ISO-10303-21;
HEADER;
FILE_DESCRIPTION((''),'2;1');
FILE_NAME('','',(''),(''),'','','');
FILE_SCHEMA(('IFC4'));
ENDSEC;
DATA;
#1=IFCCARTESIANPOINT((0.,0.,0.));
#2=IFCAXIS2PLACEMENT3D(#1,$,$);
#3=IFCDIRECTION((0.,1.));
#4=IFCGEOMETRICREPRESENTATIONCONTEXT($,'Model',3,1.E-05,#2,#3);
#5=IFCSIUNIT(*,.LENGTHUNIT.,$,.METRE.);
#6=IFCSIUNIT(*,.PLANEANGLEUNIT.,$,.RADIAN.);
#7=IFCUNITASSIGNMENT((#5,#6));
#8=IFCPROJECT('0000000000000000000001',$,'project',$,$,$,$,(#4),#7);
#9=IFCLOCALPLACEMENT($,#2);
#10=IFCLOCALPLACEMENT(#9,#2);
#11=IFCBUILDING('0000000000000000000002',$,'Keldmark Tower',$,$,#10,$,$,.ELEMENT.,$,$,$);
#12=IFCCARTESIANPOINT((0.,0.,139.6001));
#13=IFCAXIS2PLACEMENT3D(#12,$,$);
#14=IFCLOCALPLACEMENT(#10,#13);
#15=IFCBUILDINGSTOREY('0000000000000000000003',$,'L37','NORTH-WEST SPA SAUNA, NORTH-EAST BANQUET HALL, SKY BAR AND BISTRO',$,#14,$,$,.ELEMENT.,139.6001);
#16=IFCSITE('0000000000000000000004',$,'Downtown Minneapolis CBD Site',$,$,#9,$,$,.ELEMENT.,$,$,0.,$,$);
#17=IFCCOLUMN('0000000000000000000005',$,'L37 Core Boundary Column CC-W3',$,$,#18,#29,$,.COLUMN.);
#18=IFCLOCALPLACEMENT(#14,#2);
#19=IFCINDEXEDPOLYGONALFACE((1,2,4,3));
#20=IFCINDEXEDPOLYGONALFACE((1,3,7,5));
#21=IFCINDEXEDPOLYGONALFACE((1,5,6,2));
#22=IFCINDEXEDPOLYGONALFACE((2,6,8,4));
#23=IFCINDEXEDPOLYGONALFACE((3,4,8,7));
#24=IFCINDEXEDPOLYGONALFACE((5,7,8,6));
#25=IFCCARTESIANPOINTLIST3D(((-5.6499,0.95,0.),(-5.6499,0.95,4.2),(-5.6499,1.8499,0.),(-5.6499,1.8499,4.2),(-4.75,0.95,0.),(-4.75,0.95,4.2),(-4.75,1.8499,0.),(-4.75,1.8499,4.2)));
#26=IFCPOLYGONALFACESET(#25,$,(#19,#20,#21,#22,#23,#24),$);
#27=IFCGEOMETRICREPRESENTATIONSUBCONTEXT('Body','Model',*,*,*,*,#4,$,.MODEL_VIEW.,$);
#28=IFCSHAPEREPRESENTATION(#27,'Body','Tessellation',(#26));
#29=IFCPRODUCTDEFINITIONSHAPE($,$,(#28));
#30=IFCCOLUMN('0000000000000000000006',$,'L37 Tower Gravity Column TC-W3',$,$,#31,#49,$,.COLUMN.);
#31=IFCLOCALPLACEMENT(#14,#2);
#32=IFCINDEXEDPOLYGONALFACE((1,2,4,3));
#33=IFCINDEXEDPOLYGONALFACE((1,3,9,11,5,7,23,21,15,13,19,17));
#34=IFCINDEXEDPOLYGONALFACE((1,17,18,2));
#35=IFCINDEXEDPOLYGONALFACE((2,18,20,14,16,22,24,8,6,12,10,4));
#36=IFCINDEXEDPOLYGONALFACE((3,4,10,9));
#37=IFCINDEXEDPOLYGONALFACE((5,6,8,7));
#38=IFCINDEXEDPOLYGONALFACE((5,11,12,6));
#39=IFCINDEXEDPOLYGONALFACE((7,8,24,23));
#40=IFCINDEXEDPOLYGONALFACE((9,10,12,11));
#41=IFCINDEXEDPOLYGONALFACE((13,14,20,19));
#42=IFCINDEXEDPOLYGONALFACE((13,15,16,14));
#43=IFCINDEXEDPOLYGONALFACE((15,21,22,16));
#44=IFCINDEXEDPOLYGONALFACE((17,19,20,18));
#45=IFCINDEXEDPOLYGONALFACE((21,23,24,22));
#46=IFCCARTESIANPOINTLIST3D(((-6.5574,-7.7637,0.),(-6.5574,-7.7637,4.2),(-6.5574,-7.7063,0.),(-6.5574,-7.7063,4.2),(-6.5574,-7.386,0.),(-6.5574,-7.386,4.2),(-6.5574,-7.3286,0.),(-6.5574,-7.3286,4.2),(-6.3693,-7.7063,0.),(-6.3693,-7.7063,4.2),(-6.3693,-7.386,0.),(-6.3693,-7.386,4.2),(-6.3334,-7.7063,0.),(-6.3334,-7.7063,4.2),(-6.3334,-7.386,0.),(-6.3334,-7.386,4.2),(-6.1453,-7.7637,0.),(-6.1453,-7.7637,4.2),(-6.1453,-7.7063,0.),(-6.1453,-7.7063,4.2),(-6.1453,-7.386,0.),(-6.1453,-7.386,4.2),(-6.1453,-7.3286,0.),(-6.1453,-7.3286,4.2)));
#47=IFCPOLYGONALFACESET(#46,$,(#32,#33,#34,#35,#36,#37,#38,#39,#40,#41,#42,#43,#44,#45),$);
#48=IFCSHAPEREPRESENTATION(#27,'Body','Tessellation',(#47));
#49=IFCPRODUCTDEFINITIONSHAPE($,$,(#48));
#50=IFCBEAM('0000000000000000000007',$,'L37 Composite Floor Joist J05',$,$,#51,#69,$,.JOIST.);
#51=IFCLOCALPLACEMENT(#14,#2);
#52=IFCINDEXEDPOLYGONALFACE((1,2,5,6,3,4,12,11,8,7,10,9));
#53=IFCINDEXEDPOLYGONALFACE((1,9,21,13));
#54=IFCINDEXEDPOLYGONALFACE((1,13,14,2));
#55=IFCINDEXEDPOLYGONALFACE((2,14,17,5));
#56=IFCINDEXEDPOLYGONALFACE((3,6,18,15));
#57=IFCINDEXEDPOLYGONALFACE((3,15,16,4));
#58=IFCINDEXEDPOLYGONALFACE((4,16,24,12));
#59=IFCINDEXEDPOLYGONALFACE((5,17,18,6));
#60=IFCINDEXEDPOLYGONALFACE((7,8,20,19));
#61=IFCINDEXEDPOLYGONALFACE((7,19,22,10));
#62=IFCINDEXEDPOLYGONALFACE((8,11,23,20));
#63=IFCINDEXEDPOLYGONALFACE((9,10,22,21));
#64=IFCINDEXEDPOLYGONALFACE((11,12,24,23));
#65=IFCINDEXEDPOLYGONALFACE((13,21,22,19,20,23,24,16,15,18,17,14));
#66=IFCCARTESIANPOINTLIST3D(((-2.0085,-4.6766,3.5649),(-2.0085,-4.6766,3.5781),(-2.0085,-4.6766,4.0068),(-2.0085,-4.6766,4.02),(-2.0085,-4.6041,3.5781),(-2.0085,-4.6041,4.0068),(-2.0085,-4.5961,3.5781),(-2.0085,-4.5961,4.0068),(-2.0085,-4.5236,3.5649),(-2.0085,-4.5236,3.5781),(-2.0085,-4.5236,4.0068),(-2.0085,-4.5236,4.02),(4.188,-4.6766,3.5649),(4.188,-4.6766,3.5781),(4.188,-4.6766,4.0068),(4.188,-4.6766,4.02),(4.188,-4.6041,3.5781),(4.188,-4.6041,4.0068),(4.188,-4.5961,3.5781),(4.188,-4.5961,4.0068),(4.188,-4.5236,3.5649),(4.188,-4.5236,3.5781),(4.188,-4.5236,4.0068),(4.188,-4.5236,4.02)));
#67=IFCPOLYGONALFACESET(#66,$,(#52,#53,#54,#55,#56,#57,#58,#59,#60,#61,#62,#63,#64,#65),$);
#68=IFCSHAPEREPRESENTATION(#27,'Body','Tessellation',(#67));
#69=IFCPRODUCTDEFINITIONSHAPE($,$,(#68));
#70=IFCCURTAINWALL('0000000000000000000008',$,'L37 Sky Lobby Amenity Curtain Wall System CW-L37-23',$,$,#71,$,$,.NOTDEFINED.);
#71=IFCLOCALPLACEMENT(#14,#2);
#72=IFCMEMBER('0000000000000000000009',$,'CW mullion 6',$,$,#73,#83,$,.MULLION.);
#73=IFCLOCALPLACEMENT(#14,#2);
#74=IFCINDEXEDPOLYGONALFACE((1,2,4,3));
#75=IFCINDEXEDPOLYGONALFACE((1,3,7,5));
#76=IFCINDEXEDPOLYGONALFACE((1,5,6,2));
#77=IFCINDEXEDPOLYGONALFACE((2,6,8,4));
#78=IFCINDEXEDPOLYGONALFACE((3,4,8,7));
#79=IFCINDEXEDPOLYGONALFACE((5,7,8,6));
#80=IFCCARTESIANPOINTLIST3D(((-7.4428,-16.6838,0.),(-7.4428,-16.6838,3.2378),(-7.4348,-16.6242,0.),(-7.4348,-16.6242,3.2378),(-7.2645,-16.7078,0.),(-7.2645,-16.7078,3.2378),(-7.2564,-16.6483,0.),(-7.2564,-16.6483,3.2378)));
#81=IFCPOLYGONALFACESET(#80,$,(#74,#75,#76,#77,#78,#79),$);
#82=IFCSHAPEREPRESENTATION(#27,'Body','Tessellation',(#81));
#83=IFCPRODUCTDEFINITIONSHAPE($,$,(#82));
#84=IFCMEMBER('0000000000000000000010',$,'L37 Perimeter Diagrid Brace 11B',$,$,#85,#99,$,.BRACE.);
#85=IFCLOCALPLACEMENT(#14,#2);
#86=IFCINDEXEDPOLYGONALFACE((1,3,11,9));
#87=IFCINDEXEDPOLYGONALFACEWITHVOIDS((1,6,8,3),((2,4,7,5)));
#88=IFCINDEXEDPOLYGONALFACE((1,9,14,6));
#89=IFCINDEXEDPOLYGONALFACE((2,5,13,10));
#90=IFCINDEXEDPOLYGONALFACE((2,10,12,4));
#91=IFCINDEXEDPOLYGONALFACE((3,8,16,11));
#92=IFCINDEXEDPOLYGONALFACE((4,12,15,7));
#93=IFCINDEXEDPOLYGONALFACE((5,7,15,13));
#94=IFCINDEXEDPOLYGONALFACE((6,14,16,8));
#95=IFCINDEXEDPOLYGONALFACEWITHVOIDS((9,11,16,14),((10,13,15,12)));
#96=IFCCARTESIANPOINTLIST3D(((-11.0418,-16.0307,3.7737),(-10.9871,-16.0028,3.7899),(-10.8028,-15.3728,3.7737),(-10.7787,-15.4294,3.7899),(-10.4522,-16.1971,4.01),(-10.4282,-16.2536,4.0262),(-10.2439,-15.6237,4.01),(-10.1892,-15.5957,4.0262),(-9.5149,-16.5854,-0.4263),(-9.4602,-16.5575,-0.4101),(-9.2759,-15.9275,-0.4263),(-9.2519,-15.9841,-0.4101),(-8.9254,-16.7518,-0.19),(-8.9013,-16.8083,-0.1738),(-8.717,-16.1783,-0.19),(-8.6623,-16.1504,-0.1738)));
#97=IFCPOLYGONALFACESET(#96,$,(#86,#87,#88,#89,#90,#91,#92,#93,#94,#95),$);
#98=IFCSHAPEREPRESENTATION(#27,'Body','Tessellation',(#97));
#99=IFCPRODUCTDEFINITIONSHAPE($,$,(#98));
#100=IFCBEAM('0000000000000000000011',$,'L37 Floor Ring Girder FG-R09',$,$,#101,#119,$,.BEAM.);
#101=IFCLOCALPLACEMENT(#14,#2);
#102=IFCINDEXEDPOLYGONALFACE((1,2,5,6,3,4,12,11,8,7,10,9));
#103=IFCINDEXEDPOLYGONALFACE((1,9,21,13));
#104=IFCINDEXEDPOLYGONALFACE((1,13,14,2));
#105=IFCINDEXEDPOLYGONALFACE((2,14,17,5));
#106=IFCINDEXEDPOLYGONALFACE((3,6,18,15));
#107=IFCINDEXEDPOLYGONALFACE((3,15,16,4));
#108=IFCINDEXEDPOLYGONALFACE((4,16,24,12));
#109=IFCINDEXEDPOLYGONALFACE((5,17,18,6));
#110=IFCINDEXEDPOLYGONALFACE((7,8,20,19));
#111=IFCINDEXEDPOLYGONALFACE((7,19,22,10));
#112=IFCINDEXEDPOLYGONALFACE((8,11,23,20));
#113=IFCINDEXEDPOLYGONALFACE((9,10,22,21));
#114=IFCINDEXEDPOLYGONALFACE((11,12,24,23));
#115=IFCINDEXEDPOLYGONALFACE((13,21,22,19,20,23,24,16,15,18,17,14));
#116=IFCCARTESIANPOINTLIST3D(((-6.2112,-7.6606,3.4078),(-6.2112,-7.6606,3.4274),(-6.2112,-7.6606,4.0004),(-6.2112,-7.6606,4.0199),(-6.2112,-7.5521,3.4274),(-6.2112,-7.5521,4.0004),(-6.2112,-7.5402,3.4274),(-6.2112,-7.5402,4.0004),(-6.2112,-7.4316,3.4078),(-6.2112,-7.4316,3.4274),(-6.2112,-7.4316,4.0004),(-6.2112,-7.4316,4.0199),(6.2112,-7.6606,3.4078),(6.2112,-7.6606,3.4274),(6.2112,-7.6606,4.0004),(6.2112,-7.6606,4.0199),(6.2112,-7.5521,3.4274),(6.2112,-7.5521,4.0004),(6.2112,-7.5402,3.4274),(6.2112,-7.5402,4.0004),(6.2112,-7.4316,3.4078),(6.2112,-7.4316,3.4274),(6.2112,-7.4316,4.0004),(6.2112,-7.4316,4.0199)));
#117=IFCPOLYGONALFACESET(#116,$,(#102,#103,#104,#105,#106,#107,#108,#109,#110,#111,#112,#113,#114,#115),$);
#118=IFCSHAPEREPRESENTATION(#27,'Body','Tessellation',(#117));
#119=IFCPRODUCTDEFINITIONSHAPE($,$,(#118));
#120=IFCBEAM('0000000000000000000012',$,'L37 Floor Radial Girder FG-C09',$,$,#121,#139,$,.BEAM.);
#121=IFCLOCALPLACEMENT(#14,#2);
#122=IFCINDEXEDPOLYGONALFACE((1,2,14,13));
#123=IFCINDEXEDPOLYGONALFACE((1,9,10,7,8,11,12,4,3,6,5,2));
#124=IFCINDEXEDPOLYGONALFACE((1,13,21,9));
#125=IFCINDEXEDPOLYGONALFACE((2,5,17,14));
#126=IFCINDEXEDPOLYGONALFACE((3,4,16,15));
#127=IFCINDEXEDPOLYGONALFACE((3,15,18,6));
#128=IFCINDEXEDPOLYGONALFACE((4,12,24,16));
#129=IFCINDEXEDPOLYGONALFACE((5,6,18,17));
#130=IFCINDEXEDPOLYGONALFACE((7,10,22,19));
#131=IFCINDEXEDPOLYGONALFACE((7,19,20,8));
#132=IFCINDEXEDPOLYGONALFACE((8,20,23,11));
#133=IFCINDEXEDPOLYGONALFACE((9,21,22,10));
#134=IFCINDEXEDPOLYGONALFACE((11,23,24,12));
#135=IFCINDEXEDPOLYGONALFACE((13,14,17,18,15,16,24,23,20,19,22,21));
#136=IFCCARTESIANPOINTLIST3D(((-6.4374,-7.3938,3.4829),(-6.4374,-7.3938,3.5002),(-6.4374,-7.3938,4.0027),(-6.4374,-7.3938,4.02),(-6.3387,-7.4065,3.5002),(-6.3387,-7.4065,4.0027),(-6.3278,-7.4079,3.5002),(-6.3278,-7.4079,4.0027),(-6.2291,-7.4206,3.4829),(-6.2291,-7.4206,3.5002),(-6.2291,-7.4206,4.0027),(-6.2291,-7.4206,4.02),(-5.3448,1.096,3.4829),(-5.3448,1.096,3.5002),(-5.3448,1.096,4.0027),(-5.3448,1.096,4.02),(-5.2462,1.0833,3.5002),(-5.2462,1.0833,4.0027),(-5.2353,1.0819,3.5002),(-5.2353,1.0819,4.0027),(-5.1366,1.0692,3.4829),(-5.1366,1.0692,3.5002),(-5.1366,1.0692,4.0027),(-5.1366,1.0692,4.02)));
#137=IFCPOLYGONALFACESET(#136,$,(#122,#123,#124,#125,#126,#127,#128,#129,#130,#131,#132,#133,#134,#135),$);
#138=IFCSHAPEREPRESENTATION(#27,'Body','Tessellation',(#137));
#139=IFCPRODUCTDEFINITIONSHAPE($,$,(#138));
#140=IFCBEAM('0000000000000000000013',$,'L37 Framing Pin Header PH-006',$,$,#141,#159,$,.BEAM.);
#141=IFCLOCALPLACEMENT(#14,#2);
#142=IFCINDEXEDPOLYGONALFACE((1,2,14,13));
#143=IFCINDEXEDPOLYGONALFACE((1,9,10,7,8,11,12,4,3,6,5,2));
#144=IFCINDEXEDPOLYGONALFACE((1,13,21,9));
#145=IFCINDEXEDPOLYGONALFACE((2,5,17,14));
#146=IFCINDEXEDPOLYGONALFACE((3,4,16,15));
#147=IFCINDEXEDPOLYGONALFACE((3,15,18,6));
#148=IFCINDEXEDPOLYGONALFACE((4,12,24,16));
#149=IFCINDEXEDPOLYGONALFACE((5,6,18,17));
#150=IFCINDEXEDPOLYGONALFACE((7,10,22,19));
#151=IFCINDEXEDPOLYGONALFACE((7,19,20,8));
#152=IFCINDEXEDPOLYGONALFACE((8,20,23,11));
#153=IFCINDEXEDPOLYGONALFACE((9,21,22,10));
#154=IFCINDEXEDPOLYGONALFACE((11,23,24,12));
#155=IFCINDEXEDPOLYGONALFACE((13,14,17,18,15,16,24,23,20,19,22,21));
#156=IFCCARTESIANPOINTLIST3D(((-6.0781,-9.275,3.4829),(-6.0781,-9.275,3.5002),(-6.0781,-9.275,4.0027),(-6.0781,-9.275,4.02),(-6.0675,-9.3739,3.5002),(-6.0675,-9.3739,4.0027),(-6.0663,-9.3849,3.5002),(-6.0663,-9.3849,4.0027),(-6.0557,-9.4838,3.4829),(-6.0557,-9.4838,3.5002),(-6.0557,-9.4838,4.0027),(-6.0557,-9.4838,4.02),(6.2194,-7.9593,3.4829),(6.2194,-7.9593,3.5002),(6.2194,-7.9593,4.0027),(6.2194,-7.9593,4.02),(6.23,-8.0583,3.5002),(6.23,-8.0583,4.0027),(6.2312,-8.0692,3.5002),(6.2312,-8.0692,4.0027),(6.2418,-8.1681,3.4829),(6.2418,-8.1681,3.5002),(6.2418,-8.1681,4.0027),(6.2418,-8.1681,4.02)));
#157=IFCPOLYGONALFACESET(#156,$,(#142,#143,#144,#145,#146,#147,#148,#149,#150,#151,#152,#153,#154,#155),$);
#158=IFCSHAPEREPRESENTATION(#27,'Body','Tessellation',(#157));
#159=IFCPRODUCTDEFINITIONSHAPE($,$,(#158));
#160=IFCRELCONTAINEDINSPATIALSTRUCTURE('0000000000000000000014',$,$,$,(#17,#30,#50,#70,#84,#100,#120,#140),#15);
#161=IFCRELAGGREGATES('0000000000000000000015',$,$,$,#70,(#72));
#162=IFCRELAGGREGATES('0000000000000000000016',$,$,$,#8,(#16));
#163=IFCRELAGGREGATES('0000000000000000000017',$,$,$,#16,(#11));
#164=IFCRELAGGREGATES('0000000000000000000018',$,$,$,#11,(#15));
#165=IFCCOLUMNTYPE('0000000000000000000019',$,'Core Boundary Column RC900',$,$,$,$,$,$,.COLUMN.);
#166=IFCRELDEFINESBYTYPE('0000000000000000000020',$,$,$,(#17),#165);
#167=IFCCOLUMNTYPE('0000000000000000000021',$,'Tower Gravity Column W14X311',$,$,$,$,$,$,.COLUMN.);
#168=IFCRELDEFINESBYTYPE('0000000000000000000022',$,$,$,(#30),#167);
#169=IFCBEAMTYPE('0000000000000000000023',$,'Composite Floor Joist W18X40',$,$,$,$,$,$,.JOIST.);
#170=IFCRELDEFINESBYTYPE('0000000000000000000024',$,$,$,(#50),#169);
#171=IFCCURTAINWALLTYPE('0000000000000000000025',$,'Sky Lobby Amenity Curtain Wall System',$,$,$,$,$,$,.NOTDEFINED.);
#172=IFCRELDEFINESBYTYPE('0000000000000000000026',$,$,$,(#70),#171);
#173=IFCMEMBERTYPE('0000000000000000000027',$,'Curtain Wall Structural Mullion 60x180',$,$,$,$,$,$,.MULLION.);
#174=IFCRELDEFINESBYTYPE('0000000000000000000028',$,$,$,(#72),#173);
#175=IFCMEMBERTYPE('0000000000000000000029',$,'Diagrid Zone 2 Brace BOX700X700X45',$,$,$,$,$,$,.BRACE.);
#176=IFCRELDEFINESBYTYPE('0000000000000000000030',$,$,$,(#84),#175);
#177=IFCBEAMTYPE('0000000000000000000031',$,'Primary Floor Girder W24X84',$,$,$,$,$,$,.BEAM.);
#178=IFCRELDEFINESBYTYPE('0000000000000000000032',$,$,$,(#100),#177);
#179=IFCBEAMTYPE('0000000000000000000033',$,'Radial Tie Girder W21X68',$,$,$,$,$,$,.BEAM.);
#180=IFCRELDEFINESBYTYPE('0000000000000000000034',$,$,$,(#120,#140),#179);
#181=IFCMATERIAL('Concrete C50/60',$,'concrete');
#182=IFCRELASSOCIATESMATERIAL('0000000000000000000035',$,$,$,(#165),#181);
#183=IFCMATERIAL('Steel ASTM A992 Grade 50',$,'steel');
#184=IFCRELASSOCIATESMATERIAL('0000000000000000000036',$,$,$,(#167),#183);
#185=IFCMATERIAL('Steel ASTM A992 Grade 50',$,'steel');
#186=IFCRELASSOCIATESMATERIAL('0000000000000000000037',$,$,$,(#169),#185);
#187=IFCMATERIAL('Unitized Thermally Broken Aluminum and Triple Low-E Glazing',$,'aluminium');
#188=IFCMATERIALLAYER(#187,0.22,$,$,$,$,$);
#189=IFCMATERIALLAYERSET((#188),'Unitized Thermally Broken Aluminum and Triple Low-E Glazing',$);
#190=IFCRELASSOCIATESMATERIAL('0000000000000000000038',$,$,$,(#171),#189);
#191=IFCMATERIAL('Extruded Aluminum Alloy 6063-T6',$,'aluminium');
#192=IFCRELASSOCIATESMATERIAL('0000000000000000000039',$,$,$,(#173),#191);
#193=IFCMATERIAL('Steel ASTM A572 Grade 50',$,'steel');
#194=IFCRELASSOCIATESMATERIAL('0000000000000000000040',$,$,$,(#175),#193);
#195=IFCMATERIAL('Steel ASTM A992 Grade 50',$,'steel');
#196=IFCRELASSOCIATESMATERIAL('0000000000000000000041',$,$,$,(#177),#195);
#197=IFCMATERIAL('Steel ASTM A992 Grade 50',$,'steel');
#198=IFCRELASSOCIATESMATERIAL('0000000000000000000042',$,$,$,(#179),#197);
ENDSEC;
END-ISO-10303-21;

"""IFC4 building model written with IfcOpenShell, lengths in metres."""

from ifc_helpers import new_model, si_unit, direction, frame, origin, origin_2d, place, context, subcontext, project, spatial, rectangle, hollow_rectangle, i_section, extrude, material, layer, layer_set, material_profile, profile_set, type_object, element, aggregate, save


model = new_model("IFC4")

# Units and contexts
model_context = context("Model", 3, precision=1e-05, world=origin(), true_north=direction((0.0, 1.0)))
body_context = subcontext(model_context, "Body", "Model", "MODEL_VIEW")
ifc_project = project(units=[si_unit("LENGTHUNIT", "METRE"), si_unit("PLANEANGLEUNIT", "RADIAN")], contexts=[model_context])

# Site, building, storey
site_placement = place(None, origin())
site = spatial("IfcSite", under=ifc_project, at=site_placement, Name="Downtown Minneapolis CBD Site", CompositionType="ELEMENT", RefElevation=0.0)
building_placement = place(site_placement, origin())
building = spatial("IfcBuilding", under=site, at=building_placement, Name="Keldmark Tower", CompositionType="ELEMENT")
storey_placement = place(building_placement, frame((0.0, 0.0, 139.6001)))
storey = spatial("IfcBuildingStorey", under=building, at=storey_placement, Name="L37", Description="NORTH-WEST SPA SAUNA, NORTH-EAST BANQUET HALL, SKY BAR AND BISTRO", CompositionType="ELEMENT", Elevation=139.6001)

# Columns
ifc_material_1 = material(Name="Concrete C50/60", Category="concrete")
ifc_material_profile_1 = material_profile(ifc_material_1, rectangle(XDim=0.8999, YDim=0.8999, at=origin_2d()), Name="RC900X900")
ifc_profile_set_1 = profile_set([ifc_material_profile_1], Name="Concrete C50/60")
column_type_1 = type_object("IfcColumnType", Name="Core Boundary Column RC900", PredefinedType="COLUMN", material=ifc_profile_set_1)
column_1_placement = place(storey_placement, frame((-5.2, 1.3999, 0.0), z_axis=(0.0, 0.0, 1.0), x_axis=(1.0, 0.0, 0.0)))
element("IfcColumn", 1, at=column_1_placement, inside=storey, type_object=column_type_1, Name="L37 Core Boundary Column CC-W3", PredefinedType="COLUMN", context=body_context, shape_type="SweptSolid", body=[
    extrude(rectangle(XDim=0.8999, YDim=0.8999, at=origin_2d()), origin(), (0.0, 0.0, 1.0), 4.2),
])
ifc_material_2 = material(Name="Steel ASTM A992 Grade 50", Category="steel")
ifc_material_profile_2 = material_profile(ifc_material_2, i_section(OverallWidth=0.4121, OverallDepth=0.4351, WebThickness=0.0359, FlangeThickness=0.0574, at=origin_2d()), Name="W14X311")
ifc_profile_set_2 = profile_set([ifc_material_profile_2], Name="Steel ASTM A992 Grade 50")
column_type_2 = type_object("IfcColumnType", Name="Tower Gravity Column W14X311", PredefinedType="COLUMN", material=ifc_profile_set_2)
column_2_placement = place(storey_placement, frame((-6.3513, -7.5461, 0.0), z_axis=(0.0, 0.0, 1.0), x_axis=(1.0, 0.0, 0.0)))
element("IfcColumn", 2, at=column_2_placement, inside=storey, type_object=column_type_2, Name="L37 Tower Gravity Column TC-W3", PredefinedType="COLUMN", context=body_context, shape_type="SweptSolid", body=[
    extrude(i_section(OverallWidth=0.4121, OverallDepth=0.4351, WebThickness=0.0359, FlangeThickness=0.0574, at=origin_2d()), origin(), (0.0, 0.0, 1.0), 4.2),
])

# Beam
ifc_material_3 = material(Name="Steel ASTM A992 Grade 50", Category="steel")
ifc_material_profile_3 = material_profile(ifc_material_3, i_section(OverallWidth=0.1531, OverallDepth=0.4551, WebThickness=0.0081, FlangeThickness=0.0132, at=origin_2d()), Name="W18X40")
ifc_profile_set_3 = profile_set([ifc_material_profile_3], Name="Steel ASTM A992 Grade 50")
beam_type_1 = type_object("IfcBeamType", Name="Composite Floor Joist W18X40", PredefinedType="JOIST", material=ifc_profile_set_3)
beam_1_placement = place(storey_placement, frame((-2.0085, -4.6001, 3.7925), z_axis=(1.0, 0.0, 0.0), x_axis=(0.0, 1.0, 0.0)))
element("IfcBeam", 3, at=beam_1_placement, inside=storey, type_object=beam_type_1, Name="L37 Composite Floor Joist J05", PredefinedType="JOIST", context=body_context, shape_type="SweptSolid", body=[
    extrude(i_section(OverallWidth=0.1531, OverallDepth=0.4551, WebThickness=0.0081, FlangeThickness=0.0132, at=origin_2d()), origin(), (0.0, 0.0, 1.0), 6.1965),
])

# Curtain wall, member
ifc_material_4 = material(Name="Unitized Thermally Broken Aluminum and Triple Low-E Glazing", Category="aluminium")
ifc_layer_1 = layer(ifc_material_4, 0.22)
ifc_layer_set_1 = layer_set([ifc_layer_1], Name="Unitized Thermally Broken Aluminum and Triple Low-E Glazing")
curtain_wall_type = type_object("IfcCurtainWallType", Name="Sky Lobby Amenity Curtain Wall System", PredefinedType="NOTDEFINED", material=ifc_layer_set_1)
curtain_wall_placement = place(storey_placement, origin())
curtain_wall = element("IfcCurtainWall", 4, at=curtain_wall_placement, inside=storey, type_object=curtain_wall_type, Name="L37 Sky Lobby Amenity Curtain Wall System CW-L37-23", PredefinedType="NOTDEFINED")
ifc_material_5 = material(Name="Extruded Aluminum Alloy 6063-T6", Category="aluminium")
ifc_material_profile_4 = material_profile(ifc_material_5, rectangle(XDim=0.0601, YDim=0.1799, at=origin_2d()), Name="CWM60X180")
ifc_profile_set_4 = profile_set([ifc_material_profile_4], Name="Extruded Aluminum Alloy 6063-T6")
member_type_1 = type_object("IfcMemberType", Name="Curtain Wall Structural Mullion 60x180", PredefinedType="MULLION", material=ifc_profile_set_4)
member_1_placement = place(storey_placement, frame((-7.3496, -16.666, 0.0), z_axis=(0.0, 0.0, 1.0), x_axis=(-0.133598, -0.991036, 0.0)))
member_1 = element("IfcMember", 5, at=member_1_placement, type_object=member_type_1, Name="CW mullion 6", PredefinedType="MULLION", context=body_context, shape_type="SweptSolid", body=[
    extrude(rectangle(XDim=0.0601, YDim=0.1799, at=origin_2d()), origin(), (0.0, 0.0, 1.0), 3.2378),
])
aggregate(curtain_wall, [member_1])

# Member
ifc_material_6 = material(Name="Steel ASTM A572 Grade 50", Category="steel")
ifc_material_profile_5 = material_profile(ifc_material_6, hollow_rectangle(XDim=0.7, YDim=0.7, WallThickness=0.0449, at=origin_2d()), Name="BOX700X700X45")
ifc_profile_set_5 = profile_set([ifc_material_profile_5], Name="Steel ASTM A572 Grade 50")
member_type_2 = type_object("IfcMemberType", Name="Diagrid Zone 2 Brace BOX700X700X45", PredefinedType="BRACE", material=ifc_profile_set_5)
member_2_placement = place(storey_placement, frame((-9.0886, -16.3679, -0.3), z_axis=(-0.339062, 0.123177, 0.932665), x_axis=(-0.341453, -0.939899, 0.0)))
element("IfcMember", 6, at=member_2_placement, inside=storey, type_object=member_type_2, Name="L37 Perimeter Diagrid Brace 11B", PredefinedType="BRACE", context=body_context, shape_type="SweptSolid", body=[
    extrude(hollow_rectangle(XDim=0.7, YDim=0.7, WallThickness=0.0449, at=origin_2d()), origin(), (0.0, 0.0, 1.0), 4.5032),
])

# Beams
ifc_material_7 = material(Name="Steel ASTM A992 Grade 50", Category="steel")
ifc_material_profile_6 = material_profile(ifc_material_7, i_section(OverallWidth=0.229, OverallDepth=0.6121, WebThickness=0.012, FlangeThickness=0.0195, at=origin_2d()), Name="W24X84")
ifc_profile_set_6 = profile_set([ifc_material_profile_6], Name="Steel ASTM A992 Grade 50")
beam_type_2 = type_object("IfcBeamType", Name="Primary Floor Girder W24X84", PredefinedType="BEAM", material=ifc_profile_set_6)
beam_2_placement = place(storey_placement, frame((-6.2112, -7.5461, 3.7139), z_axis=(1.0, 0.0, 0.0), x_axis=(0.0, 1.0, 0.0)))
element("IfcBeam", 7, at=beam_2_placement, inside=storey, type_object=beam_type_2, Name="L37 Floor Ring Girder FG-R09", PredefinedType="BEAM", context=body_context, shape_type="SweptSolid", body=[
    extrude(i_section(OverallWidth=0.229, OverallDepth=0.6121, WebThickness=0.012, FlangeThickness=0.0195, at=origin_2d()), origin(), (0.0, 0.0, 1.0), 12.4224),
])
ifc_material_8 = material(Name="Steel ASTM A992 Grade 50", Category="steel")
ifc_material_profile_7 = material_profile(ifc_material_8, i_section(OverallWidth=0.21, OverallDepth=0.5371, WebThickness=0.011, FlangeThickness=0.0173, at=origin_2d()), Name="W21X68")
ifc_profile_set_7 = profile_set([ifc_material_profile_7], Name="Steel ASTM A992 Grade 50")
beam_type_3 = type_object("IfcBeamType", Name="Radial Tie Girder W21X68", PredefinedType="BEAM", material=ifc_profile_set_7)
beam_3_placement = place(storey_placement, frame((-6.3333, -7.4072, 3.7515), z_axis=(0.127636, 0.991821, 0.0), x_axis=(-0.991821, 0.127636, 0.0)))
element("IfcBeam", 8, at=beam_3_placement, inside=storey, type_object=beam_type_3, Name="L37 Floor Radial Girder FG-C09", PredefinedType="BEAM", context=body_context, shape_type="SweptSolid", body=[
    extrude(i_section(OverallWidth=0.21, OverallDepth=0.5371, WebThickness=0.011, FlangeThickness=0.0173, at=origin_2d()), origin(), (0.0, 0.0, 1.0), 8.5598),
])
beam_4_placement = place(storey_placement, frame((-6.0669, -9.3794, 3.7515), z_axis=(0.994326, 0.106379, 0.0), x_axis=(-0.106379, 0.994326, 0.0)))
element("IfcBeam", 9, at=beam_4_placement, inside=storey, type_object=beam_type_3, Name="L37 Framing Pin Header PH-006", PredefinedType="BEAM", context=body_context, shape_type="SweptSolid", body=[
    extrude(i_section(OverallWidth=0.21, OverallDepth=0.5371, WebThickness=0.011, FlangeThickness=0.0173, at=origin_2d()), origin(), (0.0, 0.0, 1.0), 12.3677),
])

save(model, "model.ifc")
